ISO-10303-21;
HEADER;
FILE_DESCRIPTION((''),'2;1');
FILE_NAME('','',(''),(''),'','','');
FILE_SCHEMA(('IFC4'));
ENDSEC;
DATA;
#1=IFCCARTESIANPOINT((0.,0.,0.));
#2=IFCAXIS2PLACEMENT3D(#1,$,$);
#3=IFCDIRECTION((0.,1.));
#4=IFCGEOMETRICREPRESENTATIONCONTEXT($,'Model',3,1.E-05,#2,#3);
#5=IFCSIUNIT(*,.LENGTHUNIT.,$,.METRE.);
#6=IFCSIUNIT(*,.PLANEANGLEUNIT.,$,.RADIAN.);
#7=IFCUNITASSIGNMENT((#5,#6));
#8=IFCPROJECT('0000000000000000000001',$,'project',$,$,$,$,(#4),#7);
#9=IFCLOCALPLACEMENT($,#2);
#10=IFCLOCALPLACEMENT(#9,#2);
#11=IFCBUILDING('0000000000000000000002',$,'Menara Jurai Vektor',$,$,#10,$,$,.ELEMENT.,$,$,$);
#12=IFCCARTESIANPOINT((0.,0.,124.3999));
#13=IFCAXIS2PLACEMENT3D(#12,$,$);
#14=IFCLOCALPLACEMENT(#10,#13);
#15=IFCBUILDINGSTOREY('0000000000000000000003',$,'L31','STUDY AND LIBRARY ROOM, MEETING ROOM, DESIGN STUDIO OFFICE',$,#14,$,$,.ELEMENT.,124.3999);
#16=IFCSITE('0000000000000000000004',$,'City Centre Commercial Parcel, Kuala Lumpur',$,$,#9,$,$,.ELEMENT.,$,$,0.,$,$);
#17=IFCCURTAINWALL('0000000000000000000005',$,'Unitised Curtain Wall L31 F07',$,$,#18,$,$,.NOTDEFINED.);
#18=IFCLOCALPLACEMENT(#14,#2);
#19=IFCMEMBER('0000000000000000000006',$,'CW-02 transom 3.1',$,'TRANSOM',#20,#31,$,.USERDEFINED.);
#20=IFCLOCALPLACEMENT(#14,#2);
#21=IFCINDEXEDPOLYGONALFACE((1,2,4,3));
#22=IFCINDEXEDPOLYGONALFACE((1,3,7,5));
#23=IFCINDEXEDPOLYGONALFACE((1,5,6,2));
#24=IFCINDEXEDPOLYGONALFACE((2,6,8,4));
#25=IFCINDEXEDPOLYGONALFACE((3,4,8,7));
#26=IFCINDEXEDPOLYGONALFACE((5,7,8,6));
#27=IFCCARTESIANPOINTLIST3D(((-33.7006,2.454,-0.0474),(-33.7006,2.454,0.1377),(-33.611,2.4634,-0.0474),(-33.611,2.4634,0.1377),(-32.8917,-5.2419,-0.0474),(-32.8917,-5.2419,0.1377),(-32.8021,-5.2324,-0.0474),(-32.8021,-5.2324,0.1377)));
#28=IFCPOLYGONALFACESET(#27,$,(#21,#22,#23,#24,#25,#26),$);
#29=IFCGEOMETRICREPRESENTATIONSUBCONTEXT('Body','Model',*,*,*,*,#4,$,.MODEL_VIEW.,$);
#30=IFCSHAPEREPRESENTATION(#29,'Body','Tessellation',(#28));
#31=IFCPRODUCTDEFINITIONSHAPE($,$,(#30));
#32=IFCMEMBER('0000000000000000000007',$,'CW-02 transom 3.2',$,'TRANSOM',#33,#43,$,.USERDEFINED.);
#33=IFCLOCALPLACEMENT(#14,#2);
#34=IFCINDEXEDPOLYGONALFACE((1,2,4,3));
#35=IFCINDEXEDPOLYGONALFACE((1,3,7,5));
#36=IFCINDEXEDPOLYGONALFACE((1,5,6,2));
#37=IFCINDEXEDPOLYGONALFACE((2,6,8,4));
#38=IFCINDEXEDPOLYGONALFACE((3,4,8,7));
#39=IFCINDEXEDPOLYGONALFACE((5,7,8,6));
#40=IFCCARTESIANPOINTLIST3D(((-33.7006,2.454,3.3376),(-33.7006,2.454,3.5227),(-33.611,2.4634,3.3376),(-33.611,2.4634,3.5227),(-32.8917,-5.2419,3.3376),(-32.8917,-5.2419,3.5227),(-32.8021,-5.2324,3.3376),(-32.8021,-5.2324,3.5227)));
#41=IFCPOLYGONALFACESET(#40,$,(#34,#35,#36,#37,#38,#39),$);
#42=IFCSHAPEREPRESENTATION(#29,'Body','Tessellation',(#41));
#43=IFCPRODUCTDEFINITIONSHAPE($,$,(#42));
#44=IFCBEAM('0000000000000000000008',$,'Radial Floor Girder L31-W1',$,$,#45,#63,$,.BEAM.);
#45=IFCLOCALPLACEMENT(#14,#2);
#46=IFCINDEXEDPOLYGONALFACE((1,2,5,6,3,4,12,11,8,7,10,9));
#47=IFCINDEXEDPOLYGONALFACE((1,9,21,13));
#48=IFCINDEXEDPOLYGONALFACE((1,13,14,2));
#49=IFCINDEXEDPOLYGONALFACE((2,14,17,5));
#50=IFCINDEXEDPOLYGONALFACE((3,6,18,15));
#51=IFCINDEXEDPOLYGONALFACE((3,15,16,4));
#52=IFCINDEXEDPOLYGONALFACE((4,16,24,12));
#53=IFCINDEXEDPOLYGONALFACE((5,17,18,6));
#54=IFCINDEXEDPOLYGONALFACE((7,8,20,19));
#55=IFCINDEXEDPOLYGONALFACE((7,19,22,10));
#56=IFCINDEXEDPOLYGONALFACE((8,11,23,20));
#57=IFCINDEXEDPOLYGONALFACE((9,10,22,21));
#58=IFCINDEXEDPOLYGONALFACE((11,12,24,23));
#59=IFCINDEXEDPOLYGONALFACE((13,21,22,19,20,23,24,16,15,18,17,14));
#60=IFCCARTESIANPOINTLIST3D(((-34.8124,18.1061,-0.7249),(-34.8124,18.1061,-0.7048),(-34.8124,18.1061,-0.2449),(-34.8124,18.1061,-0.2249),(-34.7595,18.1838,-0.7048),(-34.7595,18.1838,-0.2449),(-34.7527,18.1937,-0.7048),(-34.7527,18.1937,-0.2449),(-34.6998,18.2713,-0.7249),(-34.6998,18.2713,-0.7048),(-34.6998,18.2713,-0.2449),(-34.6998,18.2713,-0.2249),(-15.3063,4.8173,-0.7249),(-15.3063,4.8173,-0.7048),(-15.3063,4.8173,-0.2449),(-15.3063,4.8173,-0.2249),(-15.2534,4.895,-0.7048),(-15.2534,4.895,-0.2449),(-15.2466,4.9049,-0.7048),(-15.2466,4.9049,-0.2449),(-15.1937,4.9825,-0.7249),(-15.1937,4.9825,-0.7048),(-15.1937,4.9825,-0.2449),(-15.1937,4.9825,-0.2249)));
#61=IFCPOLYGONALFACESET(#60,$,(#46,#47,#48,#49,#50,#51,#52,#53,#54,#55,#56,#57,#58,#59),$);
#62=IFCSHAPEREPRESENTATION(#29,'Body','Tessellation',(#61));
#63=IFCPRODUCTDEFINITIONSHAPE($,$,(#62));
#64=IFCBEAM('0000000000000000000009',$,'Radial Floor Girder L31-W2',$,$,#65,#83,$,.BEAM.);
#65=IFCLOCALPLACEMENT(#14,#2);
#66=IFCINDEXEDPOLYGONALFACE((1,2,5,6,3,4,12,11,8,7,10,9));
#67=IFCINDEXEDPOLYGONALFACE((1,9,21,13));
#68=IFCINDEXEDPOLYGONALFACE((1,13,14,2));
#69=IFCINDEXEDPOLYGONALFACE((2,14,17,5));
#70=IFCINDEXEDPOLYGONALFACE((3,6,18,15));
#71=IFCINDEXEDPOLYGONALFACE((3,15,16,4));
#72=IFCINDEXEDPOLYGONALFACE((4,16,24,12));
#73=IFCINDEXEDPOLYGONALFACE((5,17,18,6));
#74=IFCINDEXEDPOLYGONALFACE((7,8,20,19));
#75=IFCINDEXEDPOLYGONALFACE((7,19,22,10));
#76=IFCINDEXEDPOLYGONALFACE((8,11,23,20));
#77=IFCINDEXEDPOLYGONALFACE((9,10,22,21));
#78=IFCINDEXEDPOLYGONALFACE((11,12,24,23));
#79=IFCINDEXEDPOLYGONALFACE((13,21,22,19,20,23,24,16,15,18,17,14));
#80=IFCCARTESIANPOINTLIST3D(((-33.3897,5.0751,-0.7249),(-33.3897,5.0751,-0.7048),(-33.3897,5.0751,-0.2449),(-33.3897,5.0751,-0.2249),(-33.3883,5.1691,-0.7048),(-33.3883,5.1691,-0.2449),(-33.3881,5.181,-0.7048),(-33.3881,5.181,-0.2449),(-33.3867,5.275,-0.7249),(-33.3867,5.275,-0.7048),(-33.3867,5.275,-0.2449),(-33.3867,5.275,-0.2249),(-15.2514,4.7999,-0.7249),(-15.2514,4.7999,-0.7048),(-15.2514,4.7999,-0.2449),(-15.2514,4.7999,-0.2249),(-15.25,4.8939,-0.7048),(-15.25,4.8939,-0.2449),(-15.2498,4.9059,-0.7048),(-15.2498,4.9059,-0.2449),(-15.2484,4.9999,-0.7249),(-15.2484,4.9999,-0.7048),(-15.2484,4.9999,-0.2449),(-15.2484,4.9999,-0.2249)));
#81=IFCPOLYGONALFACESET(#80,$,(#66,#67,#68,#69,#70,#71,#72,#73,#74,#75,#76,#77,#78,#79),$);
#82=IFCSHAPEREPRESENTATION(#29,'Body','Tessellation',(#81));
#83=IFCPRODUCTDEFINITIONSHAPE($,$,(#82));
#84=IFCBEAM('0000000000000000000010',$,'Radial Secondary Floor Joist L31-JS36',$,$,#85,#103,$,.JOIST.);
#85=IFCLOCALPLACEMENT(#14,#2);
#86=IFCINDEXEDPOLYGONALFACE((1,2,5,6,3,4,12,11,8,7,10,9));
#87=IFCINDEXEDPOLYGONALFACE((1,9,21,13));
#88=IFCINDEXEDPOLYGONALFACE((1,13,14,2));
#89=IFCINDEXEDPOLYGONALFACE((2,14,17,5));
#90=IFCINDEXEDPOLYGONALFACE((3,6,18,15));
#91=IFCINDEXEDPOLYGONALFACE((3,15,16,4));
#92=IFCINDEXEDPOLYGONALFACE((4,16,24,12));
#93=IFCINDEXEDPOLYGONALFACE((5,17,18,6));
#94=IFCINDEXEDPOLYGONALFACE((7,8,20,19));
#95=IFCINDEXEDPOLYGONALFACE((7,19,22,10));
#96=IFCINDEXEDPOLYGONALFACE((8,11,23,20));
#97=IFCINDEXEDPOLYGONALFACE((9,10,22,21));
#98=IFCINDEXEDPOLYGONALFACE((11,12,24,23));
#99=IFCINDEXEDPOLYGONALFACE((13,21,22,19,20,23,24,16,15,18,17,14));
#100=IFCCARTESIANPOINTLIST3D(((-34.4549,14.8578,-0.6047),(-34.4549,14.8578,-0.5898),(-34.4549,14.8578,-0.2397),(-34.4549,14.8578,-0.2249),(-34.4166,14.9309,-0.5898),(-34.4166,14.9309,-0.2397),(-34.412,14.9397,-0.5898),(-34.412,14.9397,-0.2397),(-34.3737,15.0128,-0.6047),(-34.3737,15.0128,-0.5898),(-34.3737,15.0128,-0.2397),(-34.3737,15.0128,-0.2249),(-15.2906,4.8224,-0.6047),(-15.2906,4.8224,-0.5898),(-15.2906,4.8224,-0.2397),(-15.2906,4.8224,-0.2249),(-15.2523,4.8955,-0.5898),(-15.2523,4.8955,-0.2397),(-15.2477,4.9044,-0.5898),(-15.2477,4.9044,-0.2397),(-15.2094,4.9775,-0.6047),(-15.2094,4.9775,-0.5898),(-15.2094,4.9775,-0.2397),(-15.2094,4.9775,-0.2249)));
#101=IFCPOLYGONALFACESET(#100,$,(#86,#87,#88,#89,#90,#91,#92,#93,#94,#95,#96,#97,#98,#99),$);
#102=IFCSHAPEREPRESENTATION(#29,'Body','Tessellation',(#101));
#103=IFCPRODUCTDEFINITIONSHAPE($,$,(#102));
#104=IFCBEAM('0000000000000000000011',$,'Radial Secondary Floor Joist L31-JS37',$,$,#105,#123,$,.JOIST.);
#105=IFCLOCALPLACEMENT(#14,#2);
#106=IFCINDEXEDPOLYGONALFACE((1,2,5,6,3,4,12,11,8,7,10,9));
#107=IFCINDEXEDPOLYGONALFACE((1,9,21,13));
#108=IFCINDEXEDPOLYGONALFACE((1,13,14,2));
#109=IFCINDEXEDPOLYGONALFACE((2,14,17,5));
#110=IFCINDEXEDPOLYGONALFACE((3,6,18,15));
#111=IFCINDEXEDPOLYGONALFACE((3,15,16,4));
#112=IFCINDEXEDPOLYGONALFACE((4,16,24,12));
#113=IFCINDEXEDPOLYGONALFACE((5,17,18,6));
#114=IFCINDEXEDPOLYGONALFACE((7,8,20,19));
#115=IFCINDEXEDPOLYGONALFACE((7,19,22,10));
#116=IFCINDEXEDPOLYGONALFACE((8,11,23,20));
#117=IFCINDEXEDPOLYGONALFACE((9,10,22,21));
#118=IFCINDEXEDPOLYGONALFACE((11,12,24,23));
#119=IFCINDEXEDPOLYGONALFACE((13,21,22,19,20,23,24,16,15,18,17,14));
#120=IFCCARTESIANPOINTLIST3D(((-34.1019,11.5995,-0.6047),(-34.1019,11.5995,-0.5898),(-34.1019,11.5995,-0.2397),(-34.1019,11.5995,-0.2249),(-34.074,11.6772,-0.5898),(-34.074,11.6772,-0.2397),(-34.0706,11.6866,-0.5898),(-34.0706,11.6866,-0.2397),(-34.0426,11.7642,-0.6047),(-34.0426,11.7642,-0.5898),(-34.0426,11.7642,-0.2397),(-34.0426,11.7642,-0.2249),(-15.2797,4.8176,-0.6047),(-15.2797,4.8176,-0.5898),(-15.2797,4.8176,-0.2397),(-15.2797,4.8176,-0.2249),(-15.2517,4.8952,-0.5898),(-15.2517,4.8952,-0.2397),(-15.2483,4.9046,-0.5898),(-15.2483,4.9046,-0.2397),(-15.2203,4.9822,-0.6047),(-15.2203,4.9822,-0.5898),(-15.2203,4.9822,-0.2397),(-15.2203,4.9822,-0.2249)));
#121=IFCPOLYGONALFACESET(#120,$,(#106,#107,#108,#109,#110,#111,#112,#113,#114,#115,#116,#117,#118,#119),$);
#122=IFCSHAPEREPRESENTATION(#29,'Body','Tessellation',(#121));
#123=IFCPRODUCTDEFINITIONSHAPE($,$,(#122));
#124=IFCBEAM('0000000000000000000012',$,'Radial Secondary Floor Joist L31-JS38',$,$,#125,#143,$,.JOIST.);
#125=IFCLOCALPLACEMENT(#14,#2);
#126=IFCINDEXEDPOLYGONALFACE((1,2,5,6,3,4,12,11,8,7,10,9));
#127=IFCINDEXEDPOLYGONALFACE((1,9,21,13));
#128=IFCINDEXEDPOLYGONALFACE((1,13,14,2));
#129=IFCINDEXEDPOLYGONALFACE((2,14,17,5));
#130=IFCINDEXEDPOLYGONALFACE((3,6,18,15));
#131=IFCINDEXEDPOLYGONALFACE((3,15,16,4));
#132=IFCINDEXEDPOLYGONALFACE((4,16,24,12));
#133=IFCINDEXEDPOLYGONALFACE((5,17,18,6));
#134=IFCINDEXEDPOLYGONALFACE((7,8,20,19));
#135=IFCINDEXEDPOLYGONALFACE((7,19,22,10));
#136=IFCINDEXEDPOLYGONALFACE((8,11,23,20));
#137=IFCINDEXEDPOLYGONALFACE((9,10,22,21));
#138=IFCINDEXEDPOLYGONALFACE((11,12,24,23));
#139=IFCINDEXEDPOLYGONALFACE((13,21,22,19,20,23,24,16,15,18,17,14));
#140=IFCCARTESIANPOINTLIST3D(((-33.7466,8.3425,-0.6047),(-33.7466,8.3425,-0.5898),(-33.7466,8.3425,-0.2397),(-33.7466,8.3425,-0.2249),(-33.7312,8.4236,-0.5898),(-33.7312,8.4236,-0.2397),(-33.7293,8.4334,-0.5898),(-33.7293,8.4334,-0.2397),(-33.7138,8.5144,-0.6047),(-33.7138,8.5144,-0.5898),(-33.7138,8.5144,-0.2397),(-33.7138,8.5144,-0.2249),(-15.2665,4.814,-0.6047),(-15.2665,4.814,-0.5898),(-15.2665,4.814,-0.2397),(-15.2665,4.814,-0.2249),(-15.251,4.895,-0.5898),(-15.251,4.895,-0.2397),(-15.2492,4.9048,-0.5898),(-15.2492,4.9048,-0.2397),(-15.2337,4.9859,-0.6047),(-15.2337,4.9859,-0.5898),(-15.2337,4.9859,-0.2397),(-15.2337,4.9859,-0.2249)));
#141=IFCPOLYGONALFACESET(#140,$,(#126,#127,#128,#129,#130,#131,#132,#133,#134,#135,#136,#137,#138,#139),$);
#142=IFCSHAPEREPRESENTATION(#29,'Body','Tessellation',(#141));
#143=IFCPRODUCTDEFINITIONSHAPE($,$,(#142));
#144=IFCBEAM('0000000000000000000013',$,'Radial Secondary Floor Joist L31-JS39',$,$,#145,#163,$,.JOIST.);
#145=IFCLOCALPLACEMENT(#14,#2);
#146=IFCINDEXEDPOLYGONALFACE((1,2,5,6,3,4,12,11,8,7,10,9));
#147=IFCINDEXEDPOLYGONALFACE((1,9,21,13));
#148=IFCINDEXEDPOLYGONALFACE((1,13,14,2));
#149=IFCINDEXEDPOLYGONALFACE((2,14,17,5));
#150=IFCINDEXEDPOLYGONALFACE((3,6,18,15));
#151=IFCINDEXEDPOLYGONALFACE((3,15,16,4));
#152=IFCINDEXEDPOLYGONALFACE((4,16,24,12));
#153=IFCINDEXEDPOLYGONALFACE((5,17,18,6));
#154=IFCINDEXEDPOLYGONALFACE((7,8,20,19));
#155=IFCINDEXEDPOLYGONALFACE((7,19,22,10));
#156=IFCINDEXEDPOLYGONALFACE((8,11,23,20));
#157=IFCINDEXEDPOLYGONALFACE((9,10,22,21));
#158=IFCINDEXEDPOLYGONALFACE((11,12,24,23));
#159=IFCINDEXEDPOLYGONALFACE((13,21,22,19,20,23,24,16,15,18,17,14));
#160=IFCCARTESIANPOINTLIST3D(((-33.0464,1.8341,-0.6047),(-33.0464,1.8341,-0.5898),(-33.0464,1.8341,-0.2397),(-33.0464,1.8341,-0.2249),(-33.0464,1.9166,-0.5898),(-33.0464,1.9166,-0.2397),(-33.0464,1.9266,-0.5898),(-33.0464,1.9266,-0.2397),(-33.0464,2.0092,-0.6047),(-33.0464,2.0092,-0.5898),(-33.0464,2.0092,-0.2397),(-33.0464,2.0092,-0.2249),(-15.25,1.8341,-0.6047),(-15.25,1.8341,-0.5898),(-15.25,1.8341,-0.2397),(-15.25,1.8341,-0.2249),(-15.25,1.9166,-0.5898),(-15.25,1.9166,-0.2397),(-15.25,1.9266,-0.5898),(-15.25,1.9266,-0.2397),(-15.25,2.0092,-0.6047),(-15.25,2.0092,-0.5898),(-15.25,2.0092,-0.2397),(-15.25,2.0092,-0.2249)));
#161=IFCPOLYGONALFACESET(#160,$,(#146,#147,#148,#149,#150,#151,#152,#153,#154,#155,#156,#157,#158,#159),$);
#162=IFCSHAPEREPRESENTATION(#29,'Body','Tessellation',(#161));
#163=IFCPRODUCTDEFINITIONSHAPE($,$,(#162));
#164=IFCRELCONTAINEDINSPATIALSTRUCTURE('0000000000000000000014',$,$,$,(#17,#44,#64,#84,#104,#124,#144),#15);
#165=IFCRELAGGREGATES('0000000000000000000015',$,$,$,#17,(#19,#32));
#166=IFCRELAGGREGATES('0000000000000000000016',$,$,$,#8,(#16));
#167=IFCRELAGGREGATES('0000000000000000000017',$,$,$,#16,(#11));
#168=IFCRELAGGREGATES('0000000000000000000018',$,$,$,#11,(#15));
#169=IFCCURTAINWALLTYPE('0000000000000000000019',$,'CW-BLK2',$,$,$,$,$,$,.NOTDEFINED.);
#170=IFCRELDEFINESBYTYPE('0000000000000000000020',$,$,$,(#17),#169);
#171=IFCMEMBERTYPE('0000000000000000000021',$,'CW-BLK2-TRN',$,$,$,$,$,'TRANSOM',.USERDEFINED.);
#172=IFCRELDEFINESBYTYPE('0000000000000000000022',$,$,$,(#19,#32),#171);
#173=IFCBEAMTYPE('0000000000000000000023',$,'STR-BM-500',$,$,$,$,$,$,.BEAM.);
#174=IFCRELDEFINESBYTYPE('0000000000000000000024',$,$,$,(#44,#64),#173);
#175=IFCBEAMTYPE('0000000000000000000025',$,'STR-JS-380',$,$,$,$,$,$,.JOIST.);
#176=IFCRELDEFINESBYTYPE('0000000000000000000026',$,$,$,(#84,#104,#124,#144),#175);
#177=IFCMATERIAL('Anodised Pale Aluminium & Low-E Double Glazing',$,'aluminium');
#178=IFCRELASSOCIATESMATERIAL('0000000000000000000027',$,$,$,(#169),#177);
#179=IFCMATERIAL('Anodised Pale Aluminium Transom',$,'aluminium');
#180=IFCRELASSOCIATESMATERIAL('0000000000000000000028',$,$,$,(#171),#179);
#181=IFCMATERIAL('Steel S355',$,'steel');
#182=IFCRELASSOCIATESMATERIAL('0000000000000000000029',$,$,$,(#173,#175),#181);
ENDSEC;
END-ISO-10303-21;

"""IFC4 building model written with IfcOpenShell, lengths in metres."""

from ifc_helpers import new_model, si_unit, direction, frame, origin, origin_2d, place, context, subcontext, project, spatial, rectangle, i_section, extrude, material, material_profile, profile_set, type_object, element, aggregate, save


model = new_model("IFC4")

# Units and contexts
model_context = context("Model", 3, precision=1e-05, world=origin(), true_north=direction((0.0, 1.0)))
body_context = subcontext(model_context, "Body", "Model", "MODEL_VIEW")
ifc_project = project(units=[si_unit("LENGTHUNIT", "METRE"), si_unit("PLANEANGLEUNIT", "RADIAN")], contexts=[model_context])

# Site, building, storey
site_placement = place(None, origin())
site = spatial("IfcSite", under=ifc_project, at=site_placement, Name="City Centre Commercial Parcel, Kuala Lumpur", CompositionType="ELEMENT", RefElevation=0.0)
building_placement = place(site_placement, origin())
building = spatial("IfcBuilding", under=site, at=building_placement, Name="Menara Jurai Vektor", CompositionType="ELEMENT")
storey_placement = place(building_placement, frame((0.0, 0.0, 124.3999)))
storey = spatial("IfcBuildingStorey", under=building, at=storey_placement, Name="L31", Description="STUDY AND LIBRARY ROOM, MEETING ROOM, DESIGN STUDIO OFFICE", CompositionType="ELEMENT", Elevation=124.3999)

# Curtain wall, members
ifc_material_1 = material(Name="Anodised Pale Aluminium & Low-E Double Glazing", Category="aluminium")
curtain_wall_type = type_object("IfcCurtainWallType", Name="CW-BLK2", PredefinedType="NOTDEFINED", material=ifc_material_1)
curtain_wall_placement = place(storey_placement, origin())
curtain_wall = element("IfcCurtainWall", 1, at=curtain_wall_placement, inside=storey, type_object=curtain_wall_type, Name="Unitised Curtain Wall L31 F07", PredefinedType="NOTDEFINED")
ifc_material_2 = material(Name="Anodised Pale Aluminium Transom", Category="aluminium")
ifc_material_profile_1 = material_profile(ifc_material_2, rectangle(XDim=0.0901, YDim=0.1851, at=origin_2d()), Name="ALU TRN 90x185")
ifc_profile_set_1 = profile_set([ifc_material_profile_1], Name="Anodised Pale Aluminium Transom")
member_type_1 = type_object("IfcMemberType", Name="CW-BLK2-TRN", ElementType="TRANSOM", PredefinedType="USERDEFINED", material=ifc_profile_set_1)
member_1_placement = place(storey_placement, frame((-33.6558, 2.4587, 0.0452), z_axis=(0.104525, -0.994522, 0.0), x_axis=(0.994522, 0.104525, 0.0)))
member_1 = element("IfcMember", 2, at=member_1_placement, type_object=member_type_1, Name="CW-02 transom 3.1", ObjectType="TRANSOM", PredefinedType="USERDEFINED", context=body_context, shape_type="SweptSolid", body=[
    extrude(rectangle(XDim=0.0901, YDim=0.1851, at=origin_2d()), origin(), (0.0, 0.0, 1.0), 7.7383),
])
member_2_placement = place(storey_placement, frame((-33.6558, 2.4587, 3.4302), z_axis=(0.104525, -0.994522, 0.0), x_axis=(0.994522, 0.104525, 0.0)))
member_2 = element("IfcMember", 3, at=member_2_placement, type_object=member_type_1, Name="CW-02 transom 3.2", ObjectType="TRANSOM", PredefinedType="USERDEFINED", context=body_context, shape_type="SweptSolid", body=[
    extrude(rectangle(XDim=0.0901, YDim=0.1851, at=origin_2d()), origin(), (0.0, 0.0, 1.0), 7.7383),
])

# Beams
ifc_material_3 = material(Name="Steel S355", Category="steel")
ifc_material_profile_2 = material_profile(ifc_material_3, i_section(OverallWidth=0.2, OverallDepth=0.5, WebThickness=0.012, FlangeThickness=0.02, at=origin_2d()), Name="PG 500x200x96")
ifc_profile_set_2 = profile_set([ifc_material_profile_2], Name="Steel S355")
beam_type_1 = type_object("IfcBeamType", Name="STR-BM-500", PredefinedType="BEAM", material=ifc_profile_set_2)
beam_1_placement = place(storey_placement, frame((-34.7561, 18.1887, -0.4749), z_axis=(0.82644, -0.563024, 0.0), x_axis=(0.563024, 0.82644, 0.0)))
element("IfcBeam", 4, at=beam_1_placement, inside=storey, type_object=beam_type_1, Name="Radial Floor Girder L31-W1", PredefinedType="BEAM", context=body_context, shape_type="SweptSolid", body=[
    extrude(i_section(OverallWidth=0.2, OverallDepth=0.5, WebThickness=0.012, FlangeThickness=0.02, at=origin_2d()), origin(), (0.0, 0.0, 1.0), 23.6025),
])
beam_2_placement = place(storey_placement, frame((-33.3882, 5.175, -0.4749), z_axis=(0.999885, -0.015168, 0.0), x_axis=(0.015168, 0.999885, 0.0)))
element("IfcBeam", 5, at=beam_2_placement, inside=storey, type_object=beam_type_1, Name="Radial Floor Girder L31-W2", PredefinedType="BEAM", context=body_context, shape_type="SweptSolid", body=[
    extrude(i_section(OverallWidth=0.2, OverallDepth=0.5, WebThickness=0.012, FlangeThickness=0.02, at=origin_2d()), origin(), (0.0, 0.0, 1.0), 18.1404),
])
ifc_material_profile_3 = material_profile(ifc_material_3, i_section(OverallWidth=0.175, OverallDepth=0.3799, WebThickness=0.01, FlangeThickness=0.0149, at=origin_2d()), Name="PG 380x175x58")
ifc_profile_set_3 = profile_set([ifc_material_profile_3], Name="Steel S355")
beam_type_2 = type_object("IfcBeamType", Name="STR-JS-380", PredefinedType="JOIST", material=ifc_profile_set_3)
beam_3_placement = place(storey_placement, frame((-34.4143, 14.9353, -0.4148), z_axis=(0.885889, -0.463897, 0.0), x_axis=(0.463897, 0.885889, 0.0)))
element("IfcBeam", 6, at=beam_3_placement, inside=storey, type_object=beam_type_2, Name="Radial Secondary Floor Joist L31-JS36", PredefinedType="JOIST", context=body_context, shape_type="SweptSolid", body=[
    extrude(i_section(OverallWidth=0.175, OverallDepth=0.3799, WebThickness=0.01, FlangeThickness=0.0149, at=origin_2d()), origin(), (0.0, 0.0, 1.0), 21.6328),
])
beam_4_placement = place(storey_placement, frame((-34.0723, 11.6819, -0.4148), z_axis=(0.940792, -0.338983, 0.0), x_axis=(0.338983, 0.940792, 0.0)))
element("IfcBeam", 7, at=beam_4_placement, inside=storey, type_object=beam_type_2, Name="Radial Secondary Floor Joist L31-JS37", PredefinedType="JOIST", context=body_context, shape_type="SweptSolid", body=[
    extrude(i_section(OverallWidth=0.175, OverallDepth=0.3799, WebThickness=0.01, FlangeThickness=0.0149, at=origin_2d()), origin(), (0.0, 0.0, 1.0), 20.0068),
])
beam_5_placement = place(storey_placement, frame((-33.7302, 8.4285, -0.4148), z_axis=(0.982255, -0.187549, 0.0), x_axis=(0.187549, 0.982255, 0.0)))
element("IfcBeam", 8, at=beam_5_placement, inside=storey, type_object=beam_type_2, Name="Radial Secondary Floor Joist L31-JS38", PredefinedType="JOIST", context=body_context, shape_type="SweptSolid", body=[
    extrude(i_section(OverallWidth=0.175, OverallDepth=0.3799, WebThickness=0.01, FlangeThickness=0.0149, at=origin_2d()), origin(), (0.0, 0.0, 1.0), 18.814),
])
beam_6_placement = place(storey_placement, frame((-33.0464, 1.9216, -0.4148), z_axis=(1.0, 0.0, 0.0), x_axis=(0.0, 1.0, 0.0)))
element("IfcBeam", 9, at=beam_6_placement, inside=storey, type_object=beam_type_2, Name="Radial Secondary Floor Joist L31-JS39", PredefinedType="JOIST", context=body_context, shape_type="SweptSolid", body=[
    extrude(i_section(OverallWidth=0.175, OverallDepth=0.3799, WebThickness=0.01, FlangeThickness=0.0149, at=origin_2d()), origin(), (0.0, 0.0, 1.0), 17.7964),
])

aggregate(curtain_wall, [member_1, member_2])

save(model, "model.ifc")
